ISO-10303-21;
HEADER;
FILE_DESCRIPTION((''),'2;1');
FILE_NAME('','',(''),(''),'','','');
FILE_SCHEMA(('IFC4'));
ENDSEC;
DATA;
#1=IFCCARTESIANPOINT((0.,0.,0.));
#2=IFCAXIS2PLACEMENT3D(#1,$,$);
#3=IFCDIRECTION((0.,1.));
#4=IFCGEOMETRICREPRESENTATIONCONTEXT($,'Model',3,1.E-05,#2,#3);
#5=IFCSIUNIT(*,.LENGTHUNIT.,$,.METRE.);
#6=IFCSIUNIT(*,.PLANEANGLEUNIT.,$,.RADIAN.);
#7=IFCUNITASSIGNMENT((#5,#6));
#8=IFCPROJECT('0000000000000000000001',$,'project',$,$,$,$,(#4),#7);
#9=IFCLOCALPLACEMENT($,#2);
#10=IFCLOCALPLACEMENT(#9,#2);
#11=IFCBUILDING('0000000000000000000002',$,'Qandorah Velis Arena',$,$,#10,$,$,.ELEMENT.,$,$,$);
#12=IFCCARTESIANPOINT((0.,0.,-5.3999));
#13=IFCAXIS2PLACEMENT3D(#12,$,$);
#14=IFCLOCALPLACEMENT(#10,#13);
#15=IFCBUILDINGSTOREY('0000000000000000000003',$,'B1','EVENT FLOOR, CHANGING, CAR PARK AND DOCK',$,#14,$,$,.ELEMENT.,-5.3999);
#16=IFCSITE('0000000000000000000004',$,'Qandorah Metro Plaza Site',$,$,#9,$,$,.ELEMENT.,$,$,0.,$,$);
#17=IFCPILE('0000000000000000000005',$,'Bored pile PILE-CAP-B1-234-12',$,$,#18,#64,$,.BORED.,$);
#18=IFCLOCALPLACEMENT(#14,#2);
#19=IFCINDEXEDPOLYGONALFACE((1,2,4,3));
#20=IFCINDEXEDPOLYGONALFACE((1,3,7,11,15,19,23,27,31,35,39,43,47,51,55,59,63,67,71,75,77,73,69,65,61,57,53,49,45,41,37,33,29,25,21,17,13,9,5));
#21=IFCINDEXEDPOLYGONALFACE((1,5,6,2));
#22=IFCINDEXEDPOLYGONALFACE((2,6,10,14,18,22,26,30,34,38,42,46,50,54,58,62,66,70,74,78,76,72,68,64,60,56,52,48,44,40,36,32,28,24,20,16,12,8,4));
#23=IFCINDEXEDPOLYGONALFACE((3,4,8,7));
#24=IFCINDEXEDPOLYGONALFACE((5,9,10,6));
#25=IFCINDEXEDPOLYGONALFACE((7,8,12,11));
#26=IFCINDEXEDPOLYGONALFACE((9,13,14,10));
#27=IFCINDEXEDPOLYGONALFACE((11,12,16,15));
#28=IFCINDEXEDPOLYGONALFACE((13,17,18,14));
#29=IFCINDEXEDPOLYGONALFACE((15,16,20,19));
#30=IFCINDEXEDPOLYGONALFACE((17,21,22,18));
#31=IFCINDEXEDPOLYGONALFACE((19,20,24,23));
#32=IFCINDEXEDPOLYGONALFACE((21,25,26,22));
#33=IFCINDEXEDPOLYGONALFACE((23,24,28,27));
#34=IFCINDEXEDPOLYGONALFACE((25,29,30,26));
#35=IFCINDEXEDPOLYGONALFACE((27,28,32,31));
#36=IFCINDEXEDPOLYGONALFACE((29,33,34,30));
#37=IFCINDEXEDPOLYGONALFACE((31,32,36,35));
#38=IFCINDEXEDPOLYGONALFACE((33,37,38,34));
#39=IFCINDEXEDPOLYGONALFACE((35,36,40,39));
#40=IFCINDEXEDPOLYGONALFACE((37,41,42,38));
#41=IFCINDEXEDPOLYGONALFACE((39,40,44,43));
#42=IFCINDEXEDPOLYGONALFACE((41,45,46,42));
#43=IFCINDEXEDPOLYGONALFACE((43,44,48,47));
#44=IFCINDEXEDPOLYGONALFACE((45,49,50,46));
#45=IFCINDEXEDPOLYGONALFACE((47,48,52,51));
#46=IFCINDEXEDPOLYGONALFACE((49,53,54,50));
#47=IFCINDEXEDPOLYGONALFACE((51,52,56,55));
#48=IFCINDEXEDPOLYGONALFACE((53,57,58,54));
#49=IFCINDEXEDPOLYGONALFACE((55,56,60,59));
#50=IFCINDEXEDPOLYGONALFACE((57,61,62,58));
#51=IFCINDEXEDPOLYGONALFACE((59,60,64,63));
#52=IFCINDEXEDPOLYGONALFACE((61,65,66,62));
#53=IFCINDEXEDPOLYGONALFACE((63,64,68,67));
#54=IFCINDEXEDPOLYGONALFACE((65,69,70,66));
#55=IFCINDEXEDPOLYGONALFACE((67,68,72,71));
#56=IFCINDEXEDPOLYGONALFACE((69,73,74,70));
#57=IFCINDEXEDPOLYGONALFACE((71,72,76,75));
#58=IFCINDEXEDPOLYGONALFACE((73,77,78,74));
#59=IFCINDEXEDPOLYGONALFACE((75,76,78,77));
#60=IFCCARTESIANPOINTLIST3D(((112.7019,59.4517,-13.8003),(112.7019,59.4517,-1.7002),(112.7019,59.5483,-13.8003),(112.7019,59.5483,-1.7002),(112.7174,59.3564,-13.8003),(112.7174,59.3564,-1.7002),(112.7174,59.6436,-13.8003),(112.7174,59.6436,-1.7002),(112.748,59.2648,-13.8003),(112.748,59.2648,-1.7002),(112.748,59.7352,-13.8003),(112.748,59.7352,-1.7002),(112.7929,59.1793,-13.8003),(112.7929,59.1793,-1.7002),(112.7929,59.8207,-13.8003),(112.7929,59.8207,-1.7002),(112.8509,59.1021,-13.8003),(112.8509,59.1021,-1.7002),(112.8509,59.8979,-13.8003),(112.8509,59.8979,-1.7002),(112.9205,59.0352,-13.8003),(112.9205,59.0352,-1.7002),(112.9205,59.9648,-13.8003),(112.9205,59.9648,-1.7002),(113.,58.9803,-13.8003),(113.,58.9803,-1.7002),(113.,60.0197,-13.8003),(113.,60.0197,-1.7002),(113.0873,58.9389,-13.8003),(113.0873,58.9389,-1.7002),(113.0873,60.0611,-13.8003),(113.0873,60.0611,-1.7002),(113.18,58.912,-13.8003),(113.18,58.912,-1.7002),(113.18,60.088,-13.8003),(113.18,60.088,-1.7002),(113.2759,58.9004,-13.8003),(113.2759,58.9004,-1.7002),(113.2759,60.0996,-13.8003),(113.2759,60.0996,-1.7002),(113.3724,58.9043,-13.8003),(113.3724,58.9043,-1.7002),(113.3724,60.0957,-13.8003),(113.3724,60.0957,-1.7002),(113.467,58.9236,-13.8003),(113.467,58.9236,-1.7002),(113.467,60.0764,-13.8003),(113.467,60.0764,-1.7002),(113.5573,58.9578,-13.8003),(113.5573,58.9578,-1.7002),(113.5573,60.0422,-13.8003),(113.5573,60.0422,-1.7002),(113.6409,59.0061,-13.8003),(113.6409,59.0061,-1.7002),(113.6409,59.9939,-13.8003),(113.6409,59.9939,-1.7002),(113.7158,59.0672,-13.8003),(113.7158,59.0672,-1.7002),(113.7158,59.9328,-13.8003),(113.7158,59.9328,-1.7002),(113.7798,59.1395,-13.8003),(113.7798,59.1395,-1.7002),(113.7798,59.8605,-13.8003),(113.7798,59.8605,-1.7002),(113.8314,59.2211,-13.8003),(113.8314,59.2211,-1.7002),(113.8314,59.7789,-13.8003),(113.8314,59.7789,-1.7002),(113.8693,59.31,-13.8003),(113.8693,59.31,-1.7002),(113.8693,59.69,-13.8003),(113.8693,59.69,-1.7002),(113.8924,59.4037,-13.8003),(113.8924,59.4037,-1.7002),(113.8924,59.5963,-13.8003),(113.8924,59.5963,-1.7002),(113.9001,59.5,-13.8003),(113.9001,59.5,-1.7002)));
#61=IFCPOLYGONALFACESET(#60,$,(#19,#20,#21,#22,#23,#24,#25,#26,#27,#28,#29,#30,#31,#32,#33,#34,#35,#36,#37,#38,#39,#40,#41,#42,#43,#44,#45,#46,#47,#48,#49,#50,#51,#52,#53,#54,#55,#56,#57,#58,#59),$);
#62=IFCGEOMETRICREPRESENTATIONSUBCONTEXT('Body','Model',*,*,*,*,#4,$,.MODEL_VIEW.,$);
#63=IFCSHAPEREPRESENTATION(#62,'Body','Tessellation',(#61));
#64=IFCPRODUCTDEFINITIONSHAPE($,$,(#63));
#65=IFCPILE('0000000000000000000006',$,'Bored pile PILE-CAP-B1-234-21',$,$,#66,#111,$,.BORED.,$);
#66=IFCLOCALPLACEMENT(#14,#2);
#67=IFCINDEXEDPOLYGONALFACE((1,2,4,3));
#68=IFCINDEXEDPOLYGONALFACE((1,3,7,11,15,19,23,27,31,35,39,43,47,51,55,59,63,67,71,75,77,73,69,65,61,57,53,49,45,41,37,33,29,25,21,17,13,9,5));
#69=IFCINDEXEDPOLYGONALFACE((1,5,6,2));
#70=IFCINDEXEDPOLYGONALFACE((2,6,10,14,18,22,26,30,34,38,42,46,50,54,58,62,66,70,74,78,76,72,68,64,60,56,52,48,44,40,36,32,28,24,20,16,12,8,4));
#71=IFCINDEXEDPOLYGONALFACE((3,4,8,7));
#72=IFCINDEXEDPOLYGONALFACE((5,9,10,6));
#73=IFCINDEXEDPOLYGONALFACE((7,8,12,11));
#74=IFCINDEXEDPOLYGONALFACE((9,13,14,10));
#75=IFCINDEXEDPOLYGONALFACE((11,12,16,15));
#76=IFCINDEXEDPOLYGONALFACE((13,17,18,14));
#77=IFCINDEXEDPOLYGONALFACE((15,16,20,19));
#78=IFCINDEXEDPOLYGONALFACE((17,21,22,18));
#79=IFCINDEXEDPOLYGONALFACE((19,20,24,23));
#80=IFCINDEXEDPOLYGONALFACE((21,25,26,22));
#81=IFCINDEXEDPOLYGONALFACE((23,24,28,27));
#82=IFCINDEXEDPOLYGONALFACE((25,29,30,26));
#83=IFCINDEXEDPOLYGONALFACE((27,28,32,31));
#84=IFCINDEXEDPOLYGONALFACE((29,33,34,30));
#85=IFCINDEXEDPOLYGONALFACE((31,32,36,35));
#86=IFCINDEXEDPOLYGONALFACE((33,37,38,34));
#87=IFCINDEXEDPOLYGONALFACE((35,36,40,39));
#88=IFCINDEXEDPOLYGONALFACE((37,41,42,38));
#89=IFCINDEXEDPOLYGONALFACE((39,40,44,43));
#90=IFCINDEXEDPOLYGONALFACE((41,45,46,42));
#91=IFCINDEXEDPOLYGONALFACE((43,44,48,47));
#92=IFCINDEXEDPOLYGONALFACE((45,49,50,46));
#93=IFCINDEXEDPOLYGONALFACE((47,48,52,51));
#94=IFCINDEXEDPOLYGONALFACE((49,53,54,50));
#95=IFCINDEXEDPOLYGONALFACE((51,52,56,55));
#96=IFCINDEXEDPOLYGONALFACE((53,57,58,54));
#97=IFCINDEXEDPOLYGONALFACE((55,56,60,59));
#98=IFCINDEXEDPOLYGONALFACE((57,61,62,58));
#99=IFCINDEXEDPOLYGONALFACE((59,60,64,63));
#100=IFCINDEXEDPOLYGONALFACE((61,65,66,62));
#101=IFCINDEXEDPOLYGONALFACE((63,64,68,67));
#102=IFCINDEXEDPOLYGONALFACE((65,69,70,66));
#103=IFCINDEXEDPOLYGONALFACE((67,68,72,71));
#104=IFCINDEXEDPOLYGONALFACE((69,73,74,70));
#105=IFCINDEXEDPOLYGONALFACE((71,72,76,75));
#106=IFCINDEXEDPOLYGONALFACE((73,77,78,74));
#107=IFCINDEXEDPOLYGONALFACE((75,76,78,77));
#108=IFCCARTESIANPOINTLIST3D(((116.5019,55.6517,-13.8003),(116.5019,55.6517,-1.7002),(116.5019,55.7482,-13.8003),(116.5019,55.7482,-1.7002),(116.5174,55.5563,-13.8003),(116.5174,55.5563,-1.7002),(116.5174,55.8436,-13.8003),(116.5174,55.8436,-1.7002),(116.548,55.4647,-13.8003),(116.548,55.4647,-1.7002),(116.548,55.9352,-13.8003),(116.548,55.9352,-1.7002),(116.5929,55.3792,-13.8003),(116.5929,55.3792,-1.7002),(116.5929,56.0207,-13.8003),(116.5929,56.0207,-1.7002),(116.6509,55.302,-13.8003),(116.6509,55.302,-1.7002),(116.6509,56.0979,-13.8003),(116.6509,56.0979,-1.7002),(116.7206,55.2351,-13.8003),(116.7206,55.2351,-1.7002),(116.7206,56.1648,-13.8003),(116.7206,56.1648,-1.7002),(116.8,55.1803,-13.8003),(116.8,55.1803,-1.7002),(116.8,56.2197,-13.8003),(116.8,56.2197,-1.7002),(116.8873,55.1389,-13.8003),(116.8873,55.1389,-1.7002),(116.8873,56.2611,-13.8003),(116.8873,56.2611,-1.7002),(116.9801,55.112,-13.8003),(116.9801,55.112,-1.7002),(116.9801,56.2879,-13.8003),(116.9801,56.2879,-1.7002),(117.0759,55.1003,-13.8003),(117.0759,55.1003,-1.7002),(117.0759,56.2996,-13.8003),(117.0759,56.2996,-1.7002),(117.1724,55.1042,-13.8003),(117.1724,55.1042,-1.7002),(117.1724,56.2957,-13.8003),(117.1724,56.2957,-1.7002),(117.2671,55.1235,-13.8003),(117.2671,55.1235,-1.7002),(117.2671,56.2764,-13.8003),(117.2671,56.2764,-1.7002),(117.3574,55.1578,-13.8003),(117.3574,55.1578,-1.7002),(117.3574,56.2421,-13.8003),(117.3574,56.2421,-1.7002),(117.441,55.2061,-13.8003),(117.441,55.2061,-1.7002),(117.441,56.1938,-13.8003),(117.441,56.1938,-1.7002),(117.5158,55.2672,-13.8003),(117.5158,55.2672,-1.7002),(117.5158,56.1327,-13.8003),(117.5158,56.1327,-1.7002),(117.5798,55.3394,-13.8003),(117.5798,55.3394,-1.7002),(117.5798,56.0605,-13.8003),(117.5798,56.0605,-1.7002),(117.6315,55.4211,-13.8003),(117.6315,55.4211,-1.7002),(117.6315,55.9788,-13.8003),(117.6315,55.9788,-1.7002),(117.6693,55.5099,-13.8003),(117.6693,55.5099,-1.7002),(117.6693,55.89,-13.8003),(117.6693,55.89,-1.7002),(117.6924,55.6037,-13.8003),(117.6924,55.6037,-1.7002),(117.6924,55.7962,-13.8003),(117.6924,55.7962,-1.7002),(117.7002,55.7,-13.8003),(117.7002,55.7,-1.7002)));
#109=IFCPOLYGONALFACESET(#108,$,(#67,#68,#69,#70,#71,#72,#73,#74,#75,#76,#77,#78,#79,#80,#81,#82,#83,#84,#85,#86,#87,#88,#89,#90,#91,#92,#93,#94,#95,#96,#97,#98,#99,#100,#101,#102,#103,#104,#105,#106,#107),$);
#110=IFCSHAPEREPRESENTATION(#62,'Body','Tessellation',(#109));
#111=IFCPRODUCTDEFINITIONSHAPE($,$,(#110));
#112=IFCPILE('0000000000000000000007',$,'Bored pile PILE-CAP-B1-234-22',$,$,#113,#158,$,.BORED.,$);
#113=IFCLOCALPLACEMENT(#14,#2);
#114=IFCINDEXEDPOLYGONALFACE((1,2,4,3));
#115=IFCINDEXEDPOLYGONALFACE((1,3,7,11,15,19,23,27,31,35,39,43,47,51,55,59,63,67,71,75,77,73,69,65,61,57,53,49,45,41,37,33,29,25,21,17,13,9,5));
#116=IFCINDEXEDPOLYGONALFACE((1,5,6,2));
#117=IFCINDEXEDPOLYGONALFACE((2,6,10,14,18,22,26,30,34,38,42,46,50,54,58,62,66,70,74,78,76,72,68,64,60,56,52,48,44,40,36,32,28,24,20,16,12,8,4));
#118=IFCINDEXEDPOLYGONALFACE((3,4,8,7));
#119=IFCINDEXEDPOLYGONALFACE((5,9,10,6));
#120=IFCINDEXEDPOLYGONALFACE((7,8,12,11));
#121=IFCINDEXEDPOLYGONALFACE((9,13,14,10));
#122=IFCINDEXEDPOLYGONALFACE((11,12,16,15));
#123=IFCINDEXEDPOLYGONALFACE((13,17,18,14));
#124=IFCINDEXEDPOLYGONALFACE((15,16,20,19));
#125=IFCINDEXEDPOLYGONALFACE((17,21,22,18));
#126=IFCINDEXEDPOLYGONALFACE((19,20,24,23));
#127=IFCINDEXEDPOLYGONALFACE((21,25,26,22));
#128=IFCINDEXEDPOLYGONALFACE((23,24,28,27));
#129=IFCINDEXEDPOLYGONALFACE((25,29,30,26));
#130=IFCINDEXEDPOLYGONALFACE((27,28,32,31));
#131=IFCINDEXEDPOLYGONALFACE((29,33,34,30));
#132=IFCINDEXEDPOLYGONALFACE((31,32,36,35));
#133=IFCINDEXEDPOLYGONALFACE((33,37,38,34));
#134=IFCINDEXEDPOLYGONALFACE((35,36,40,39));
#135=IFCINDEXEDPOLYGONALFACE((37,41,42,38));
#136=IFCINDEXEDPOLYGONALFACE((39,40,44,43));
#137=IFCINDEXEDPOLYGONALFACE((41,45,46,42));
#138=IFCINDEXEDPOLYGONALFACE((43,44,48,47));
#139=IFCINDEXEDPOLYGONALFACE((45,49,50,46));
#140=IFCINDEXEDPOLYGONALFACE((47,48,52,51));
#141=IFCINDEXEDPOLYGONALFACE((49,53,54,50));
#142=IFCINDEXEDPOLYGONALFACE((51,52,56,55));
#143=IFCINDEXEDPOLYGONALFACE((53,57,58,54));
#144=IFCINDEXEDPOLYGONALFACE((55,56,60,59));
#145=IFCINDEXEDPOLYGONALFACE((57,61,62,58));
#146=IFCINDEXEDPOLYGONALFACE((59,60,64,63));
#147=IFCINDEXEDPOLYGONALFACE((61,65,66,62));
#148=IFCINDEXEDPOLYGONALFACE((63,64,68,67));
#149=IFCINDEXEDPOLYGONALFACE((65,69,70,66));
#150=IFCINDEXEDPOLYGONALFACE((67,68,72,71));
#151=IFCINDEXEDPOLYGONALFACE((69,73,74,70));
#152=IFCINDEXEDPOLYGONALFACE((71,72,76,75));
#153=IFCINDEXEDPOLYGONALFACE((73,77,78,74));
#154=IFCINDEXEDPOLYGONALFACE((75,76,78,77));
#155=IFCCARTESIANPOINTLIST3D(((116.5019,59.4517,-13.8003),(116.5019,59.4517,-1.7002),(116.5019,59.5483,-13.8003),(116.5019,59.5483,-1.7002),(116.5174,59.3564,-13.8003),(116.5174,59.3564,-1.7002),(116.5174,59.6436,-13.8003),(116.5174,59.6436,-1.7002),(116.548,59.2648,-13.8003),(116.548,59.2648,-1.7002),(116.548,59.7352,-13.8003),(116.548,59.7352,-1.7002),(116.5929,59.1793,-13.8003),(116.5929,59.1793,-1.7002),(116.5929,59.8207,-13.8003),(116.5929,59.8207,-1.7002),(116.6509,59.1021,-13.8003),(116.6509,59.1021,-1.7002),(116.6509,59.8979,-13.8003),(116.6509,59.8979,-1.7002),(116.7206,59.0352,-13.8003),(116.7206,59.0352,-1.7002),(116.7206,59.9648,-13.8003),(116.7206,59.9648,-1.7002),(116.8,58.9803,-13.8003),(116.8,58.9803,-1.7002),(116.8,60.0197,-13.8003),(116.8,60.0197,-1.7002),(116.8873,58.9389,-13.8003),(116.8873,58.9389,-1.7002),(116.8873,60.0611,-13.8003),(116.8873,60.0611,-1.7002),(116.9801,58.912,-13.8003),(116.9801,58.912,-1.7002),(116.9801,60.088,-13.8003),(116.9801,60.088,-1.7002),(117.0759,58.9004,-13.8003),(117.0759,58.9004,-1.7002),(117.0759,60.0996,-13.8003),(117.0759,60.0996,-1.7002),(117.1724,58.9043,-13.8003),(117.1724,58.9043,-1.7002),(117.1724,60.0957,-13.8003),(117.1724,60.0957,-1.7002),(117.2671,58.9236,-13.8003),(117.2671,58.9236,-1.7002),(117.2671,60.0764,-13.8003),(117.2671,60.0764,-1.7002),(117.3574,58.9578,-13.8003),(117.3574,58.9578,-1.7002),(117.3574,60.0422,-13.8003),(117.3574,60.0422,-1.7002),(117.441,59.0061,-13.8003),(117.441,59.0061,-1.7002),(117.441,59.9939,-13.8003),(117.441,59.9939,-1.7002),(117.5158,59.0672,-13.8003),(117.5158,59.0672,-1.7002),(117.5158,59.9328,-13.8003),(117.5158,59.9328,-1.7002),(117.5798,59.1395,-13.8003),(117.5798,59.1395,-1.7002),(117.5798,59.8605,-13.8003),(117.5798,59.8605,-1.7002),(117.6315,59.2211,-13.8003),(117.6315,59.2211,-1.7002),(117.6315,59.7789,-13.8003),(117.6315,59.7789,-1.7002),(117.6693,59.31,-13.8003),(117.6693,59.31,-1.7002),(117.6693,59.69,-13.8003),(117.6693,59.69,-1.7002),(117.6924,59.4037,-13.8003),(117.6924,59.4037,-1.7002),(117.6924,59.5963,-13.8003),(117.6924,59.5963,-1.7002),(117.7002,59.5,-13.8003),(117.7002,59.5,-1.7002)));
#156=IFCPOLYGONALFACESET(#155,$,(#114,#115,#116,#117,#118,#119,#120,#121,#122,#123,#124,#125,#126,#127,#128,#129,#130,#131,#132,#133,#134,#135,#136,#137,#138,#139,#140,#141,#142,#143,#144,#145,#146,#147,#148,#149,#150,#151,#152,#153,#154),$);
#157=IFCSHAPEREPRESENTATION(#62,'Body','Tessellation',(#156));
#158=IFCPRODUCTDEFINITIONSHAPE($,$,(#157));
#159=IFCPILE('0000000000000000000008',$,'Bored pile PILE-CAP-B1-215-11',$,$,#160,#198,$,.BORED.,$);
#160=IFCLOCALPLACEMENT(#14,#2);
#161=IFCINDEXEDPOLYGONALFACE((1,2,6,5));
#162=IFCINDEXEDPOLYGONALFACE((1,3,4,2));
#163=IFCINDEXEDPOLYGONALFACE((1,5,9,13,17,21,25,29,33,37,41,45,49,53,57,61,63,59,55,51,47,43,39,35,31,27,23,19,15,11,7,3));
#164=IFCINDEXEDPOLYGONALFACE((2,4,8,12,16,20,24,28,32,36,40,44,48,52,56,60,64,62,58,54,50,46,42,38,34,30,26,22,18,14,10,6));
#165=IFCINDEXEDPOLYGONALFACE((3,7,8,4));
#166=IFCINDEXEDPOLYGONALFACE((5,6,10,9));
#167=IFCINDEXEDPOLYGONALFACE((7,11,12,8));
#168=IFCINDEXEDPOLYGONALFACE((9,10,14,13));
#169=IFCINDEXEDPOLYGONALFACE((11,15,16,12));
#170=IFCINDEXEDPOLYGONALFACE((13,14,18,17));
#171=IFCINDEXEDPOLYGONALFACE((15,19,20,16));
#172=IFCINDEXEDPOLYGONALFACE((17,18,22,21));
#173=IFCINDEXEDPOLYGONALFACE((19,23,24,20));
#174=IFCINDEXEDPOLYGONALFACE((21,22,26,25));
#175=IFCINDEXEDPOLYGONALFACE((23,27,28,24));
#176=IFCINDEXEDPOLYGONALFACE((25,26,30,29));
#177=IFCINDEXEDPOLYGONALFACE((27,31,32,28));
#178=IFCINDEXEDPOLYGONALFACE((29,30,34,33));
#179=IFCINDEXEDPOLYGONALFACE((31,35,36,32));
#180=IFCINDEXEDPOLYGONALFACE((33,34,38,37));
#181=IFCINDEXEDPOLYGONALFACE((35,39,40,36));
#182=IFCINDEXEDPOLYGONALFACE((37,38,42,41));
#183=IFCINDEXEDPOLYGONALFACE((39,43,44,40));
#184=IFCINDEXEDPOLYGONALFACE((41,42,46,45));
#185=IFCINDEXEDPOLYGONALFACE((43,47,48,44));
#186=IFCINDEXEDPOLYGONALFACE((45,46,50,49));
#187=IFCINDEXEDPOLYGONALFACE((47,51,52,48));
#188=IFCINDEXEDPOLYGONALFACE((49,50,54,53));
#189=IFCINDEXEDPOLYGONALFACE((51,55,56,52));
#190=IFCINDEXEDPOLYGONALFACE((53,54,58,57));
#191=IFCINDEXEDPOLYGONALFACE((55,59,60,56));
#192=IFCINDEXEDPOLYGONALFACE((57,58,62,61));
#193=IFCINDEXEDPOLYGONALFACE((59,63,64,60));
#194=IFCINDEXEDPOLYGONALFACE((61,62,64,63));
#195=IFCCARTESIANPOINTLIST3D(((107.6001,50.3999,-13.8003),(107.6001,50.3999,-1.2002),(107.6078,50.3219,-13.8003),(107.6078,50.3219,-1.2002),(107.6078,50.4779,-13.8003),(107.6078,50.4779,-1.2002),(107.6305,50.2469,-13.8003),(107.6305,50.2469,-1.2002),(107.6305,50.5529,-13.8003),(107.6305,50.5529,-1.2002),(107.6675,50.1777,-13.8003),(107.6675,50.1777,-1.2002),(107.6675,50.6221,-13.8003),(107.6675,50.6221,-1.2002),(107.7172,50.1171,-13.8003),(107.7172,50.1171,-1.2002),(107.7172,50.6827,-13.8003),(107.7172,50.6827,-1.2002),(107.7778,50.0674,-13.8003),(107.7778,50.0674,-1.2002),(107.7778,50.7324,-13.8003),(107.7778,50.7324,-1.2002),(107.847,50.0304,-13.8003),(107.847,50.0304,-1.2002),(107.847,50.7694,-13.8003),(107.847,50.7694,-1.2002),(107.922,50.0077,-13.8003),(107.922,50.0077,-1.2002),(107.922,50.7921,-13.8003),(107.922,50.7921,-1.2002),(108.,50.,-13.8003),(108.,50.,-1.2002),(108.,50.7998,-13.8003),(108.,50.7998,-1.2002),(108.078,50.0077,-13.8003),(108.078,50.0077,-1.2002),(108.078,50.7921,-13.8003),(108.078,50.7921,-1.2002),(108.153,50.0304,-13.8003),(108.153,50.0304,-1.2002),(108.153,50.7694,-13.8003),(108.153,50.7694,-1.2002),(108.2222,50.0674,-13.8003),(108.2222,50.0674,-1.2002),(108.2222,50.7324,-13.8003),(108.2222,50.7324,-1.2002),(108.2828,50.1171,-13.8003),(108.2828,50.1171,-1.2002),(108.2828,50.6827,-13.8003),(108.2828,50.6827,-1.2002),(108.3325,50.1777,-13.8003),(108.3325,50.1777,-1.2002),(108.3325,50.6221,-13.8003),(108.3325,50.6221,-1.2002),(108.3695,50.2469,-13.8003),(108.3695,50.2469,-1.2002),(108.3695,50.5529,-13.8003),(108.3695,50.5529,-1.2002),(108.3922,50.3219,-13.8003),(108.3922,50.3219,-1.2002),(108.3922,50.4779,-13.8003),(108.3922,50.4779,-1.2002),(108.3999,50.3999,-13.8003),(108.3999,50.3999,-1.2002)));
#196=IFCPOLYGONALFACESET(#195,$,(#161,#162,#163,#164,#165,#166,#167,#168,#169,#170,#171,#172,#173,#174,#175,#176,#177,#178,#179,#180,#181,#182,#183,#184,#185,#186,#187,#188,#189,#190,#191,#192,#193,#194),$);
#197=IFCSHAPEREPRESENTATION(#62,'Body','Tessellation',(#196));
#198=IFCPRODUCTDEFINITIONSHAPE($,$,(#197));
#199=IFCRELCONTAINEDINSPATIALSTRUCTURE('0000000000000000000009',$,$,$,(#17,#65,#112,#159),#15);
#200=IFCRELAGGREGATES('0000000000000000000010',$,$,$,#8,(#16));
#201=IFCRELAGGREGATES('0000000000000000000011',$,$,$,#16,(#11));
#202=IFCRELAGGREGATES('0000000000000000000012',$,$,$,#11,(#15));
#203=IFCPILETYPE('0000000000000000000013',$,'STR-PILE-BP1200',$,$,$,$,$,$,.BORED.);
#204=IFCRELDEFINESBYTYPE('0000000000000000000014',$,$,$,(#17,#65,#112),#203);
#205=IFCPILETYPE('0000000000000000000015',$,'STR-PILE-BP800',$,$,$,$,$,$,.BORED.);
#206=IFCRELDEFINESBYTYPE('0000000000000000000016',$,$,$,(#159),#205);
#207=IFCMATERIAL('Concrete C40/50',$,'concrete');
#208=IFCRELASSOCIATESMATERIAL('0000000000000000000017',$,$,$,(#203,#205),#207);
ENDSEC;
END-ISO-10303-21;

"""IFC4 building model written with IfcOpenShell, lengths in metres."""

from ifc_helpers import new_model, si_unit, direction, frame, origin, origin_2d, place, context, subcontext, project, spatial, circle, extrude, material, material_profile, profile_set, type_object, element, save


model = new_model("IFC4")

# Units and contexts
model_context = context("Model", 3, precision=1e-05, world=origin(), true_north=direction((0.0, 1.0)))
body_context = subcontext(model_context, "Body", "Model", "MODEL_VIEW")
ifc_project = project(units=[si_unit("LENGTHUNIT", "METRE"), si_unit("PLANEANGLEUNIT", "RADIAN")], contexts=[model_context])

# Site, building, storey
site_placement = place(None, origin())
site = spatial("IfcSite", under=ifc_project, at=site_placement, Name="Qandorah Metro Plaza Site", CompositionType="ELEMENT", RefElevation=0.0)
building_placement = place(site_placement, origin())
building = spatial("IfcBuilding", under=site, at=building_placement, Name="Qandorah Velis Arena", CompositionType="ELEMENT")
storey_placement = place(building_placement, frame((0.0, 0.0, -5.3999)))
storey = spatial("IfcBuildingStorey", under=building, at=storey_placement, Name="B1", Description="EVENT FLOOR, CHANGING, CAR PARK AND DOCK", CompositionType="ELEMENT", Elevation=-5.3999)

# Shared definitions
ifc_material_1 = material(Name="Concrete C40/50", Category="concrete")

# Piles
ifc_material_profile_1 = material_profile(ifc_material_1, circle(Radius=0.6001, at=origin_2d()), Name="BORED PILE D1200")
ifc_profile_set_1 = profile_set([ifc_material_profile_1], Name="Concrete C40/50")
pile_type_1 = type_object("IfcPileType", Name="STR-PILE-BP1200", PredefinedType="BORED", material=ifc_profile_set_1)
for number, where, z_axis, x_axis, name in (
    (1, (113.3, 59.5, -1.7002), (0.0, 0.0, -1.0), (1.0, 0.0, 0.0), "Bored pile PILE-CAP-B1-234-12"),
    (2, (117.1001, 55.7, -1.7002), (0.0, 0.0, -1.0), (1.0, 0.0, 0.0), "Bored pile PILE-CAP-B1-234-21"),
    (3, (117.1001, 59.5, -1.7002), (0.0, 0.0, -1.0), (1.0, 0.0, 0.0), "Bored pile PILE-CAP-B1-234-22"),
):
    element("IfcPile", number, at=place(storey_placement, frame(where, z_axis=z_axis, x_axis=x_axis)), inside=storey, type_object=pile_type_1, Name=name, PredefinedType="BORED", context=body_context, shape_type="SweptSolid", body=[
        extrude(circle(Radius=0.6001, at=origin_2d()), origin(), (0.0, 0.0, 1.0), 12.1001),
    ])
ifc_material_profile_2 = material_profile(ifc_material_1, circle(Radius=0.3999, at=origin_2d()), Name="BORED PILE D800")
ifc_profile_set_2 = profile_set([ifc_material_profile_2], Name="Concrete C40/50")
pile_type_2 = type_object("IfcPileType", Name="STR-PILE-BP800", PredefinedType="BORED", material=ifc_profile_set_2)
pile_1_placement = place(storey_placement, frame((108.0, 50.3999, -1.2002), z_axis=(0.0, 0.0, -1.0), x_axis=(1.0, 0.0, 0.0)))
element("IfcPile", 4, at=pile_1_placement, inside=storey, type_object=pile_type_2, Name="Bored pile PILE-CAP-B1-215-11", PredefinedType="BORED", context=body_context, shape_type="SweptSolid", body=[
    extrude(circle(Radius=0.3999, at=origin_2d()), origin(), (0.0, 0.0, 1.0), 12.6001),
])

save(model, "model.ifc")
